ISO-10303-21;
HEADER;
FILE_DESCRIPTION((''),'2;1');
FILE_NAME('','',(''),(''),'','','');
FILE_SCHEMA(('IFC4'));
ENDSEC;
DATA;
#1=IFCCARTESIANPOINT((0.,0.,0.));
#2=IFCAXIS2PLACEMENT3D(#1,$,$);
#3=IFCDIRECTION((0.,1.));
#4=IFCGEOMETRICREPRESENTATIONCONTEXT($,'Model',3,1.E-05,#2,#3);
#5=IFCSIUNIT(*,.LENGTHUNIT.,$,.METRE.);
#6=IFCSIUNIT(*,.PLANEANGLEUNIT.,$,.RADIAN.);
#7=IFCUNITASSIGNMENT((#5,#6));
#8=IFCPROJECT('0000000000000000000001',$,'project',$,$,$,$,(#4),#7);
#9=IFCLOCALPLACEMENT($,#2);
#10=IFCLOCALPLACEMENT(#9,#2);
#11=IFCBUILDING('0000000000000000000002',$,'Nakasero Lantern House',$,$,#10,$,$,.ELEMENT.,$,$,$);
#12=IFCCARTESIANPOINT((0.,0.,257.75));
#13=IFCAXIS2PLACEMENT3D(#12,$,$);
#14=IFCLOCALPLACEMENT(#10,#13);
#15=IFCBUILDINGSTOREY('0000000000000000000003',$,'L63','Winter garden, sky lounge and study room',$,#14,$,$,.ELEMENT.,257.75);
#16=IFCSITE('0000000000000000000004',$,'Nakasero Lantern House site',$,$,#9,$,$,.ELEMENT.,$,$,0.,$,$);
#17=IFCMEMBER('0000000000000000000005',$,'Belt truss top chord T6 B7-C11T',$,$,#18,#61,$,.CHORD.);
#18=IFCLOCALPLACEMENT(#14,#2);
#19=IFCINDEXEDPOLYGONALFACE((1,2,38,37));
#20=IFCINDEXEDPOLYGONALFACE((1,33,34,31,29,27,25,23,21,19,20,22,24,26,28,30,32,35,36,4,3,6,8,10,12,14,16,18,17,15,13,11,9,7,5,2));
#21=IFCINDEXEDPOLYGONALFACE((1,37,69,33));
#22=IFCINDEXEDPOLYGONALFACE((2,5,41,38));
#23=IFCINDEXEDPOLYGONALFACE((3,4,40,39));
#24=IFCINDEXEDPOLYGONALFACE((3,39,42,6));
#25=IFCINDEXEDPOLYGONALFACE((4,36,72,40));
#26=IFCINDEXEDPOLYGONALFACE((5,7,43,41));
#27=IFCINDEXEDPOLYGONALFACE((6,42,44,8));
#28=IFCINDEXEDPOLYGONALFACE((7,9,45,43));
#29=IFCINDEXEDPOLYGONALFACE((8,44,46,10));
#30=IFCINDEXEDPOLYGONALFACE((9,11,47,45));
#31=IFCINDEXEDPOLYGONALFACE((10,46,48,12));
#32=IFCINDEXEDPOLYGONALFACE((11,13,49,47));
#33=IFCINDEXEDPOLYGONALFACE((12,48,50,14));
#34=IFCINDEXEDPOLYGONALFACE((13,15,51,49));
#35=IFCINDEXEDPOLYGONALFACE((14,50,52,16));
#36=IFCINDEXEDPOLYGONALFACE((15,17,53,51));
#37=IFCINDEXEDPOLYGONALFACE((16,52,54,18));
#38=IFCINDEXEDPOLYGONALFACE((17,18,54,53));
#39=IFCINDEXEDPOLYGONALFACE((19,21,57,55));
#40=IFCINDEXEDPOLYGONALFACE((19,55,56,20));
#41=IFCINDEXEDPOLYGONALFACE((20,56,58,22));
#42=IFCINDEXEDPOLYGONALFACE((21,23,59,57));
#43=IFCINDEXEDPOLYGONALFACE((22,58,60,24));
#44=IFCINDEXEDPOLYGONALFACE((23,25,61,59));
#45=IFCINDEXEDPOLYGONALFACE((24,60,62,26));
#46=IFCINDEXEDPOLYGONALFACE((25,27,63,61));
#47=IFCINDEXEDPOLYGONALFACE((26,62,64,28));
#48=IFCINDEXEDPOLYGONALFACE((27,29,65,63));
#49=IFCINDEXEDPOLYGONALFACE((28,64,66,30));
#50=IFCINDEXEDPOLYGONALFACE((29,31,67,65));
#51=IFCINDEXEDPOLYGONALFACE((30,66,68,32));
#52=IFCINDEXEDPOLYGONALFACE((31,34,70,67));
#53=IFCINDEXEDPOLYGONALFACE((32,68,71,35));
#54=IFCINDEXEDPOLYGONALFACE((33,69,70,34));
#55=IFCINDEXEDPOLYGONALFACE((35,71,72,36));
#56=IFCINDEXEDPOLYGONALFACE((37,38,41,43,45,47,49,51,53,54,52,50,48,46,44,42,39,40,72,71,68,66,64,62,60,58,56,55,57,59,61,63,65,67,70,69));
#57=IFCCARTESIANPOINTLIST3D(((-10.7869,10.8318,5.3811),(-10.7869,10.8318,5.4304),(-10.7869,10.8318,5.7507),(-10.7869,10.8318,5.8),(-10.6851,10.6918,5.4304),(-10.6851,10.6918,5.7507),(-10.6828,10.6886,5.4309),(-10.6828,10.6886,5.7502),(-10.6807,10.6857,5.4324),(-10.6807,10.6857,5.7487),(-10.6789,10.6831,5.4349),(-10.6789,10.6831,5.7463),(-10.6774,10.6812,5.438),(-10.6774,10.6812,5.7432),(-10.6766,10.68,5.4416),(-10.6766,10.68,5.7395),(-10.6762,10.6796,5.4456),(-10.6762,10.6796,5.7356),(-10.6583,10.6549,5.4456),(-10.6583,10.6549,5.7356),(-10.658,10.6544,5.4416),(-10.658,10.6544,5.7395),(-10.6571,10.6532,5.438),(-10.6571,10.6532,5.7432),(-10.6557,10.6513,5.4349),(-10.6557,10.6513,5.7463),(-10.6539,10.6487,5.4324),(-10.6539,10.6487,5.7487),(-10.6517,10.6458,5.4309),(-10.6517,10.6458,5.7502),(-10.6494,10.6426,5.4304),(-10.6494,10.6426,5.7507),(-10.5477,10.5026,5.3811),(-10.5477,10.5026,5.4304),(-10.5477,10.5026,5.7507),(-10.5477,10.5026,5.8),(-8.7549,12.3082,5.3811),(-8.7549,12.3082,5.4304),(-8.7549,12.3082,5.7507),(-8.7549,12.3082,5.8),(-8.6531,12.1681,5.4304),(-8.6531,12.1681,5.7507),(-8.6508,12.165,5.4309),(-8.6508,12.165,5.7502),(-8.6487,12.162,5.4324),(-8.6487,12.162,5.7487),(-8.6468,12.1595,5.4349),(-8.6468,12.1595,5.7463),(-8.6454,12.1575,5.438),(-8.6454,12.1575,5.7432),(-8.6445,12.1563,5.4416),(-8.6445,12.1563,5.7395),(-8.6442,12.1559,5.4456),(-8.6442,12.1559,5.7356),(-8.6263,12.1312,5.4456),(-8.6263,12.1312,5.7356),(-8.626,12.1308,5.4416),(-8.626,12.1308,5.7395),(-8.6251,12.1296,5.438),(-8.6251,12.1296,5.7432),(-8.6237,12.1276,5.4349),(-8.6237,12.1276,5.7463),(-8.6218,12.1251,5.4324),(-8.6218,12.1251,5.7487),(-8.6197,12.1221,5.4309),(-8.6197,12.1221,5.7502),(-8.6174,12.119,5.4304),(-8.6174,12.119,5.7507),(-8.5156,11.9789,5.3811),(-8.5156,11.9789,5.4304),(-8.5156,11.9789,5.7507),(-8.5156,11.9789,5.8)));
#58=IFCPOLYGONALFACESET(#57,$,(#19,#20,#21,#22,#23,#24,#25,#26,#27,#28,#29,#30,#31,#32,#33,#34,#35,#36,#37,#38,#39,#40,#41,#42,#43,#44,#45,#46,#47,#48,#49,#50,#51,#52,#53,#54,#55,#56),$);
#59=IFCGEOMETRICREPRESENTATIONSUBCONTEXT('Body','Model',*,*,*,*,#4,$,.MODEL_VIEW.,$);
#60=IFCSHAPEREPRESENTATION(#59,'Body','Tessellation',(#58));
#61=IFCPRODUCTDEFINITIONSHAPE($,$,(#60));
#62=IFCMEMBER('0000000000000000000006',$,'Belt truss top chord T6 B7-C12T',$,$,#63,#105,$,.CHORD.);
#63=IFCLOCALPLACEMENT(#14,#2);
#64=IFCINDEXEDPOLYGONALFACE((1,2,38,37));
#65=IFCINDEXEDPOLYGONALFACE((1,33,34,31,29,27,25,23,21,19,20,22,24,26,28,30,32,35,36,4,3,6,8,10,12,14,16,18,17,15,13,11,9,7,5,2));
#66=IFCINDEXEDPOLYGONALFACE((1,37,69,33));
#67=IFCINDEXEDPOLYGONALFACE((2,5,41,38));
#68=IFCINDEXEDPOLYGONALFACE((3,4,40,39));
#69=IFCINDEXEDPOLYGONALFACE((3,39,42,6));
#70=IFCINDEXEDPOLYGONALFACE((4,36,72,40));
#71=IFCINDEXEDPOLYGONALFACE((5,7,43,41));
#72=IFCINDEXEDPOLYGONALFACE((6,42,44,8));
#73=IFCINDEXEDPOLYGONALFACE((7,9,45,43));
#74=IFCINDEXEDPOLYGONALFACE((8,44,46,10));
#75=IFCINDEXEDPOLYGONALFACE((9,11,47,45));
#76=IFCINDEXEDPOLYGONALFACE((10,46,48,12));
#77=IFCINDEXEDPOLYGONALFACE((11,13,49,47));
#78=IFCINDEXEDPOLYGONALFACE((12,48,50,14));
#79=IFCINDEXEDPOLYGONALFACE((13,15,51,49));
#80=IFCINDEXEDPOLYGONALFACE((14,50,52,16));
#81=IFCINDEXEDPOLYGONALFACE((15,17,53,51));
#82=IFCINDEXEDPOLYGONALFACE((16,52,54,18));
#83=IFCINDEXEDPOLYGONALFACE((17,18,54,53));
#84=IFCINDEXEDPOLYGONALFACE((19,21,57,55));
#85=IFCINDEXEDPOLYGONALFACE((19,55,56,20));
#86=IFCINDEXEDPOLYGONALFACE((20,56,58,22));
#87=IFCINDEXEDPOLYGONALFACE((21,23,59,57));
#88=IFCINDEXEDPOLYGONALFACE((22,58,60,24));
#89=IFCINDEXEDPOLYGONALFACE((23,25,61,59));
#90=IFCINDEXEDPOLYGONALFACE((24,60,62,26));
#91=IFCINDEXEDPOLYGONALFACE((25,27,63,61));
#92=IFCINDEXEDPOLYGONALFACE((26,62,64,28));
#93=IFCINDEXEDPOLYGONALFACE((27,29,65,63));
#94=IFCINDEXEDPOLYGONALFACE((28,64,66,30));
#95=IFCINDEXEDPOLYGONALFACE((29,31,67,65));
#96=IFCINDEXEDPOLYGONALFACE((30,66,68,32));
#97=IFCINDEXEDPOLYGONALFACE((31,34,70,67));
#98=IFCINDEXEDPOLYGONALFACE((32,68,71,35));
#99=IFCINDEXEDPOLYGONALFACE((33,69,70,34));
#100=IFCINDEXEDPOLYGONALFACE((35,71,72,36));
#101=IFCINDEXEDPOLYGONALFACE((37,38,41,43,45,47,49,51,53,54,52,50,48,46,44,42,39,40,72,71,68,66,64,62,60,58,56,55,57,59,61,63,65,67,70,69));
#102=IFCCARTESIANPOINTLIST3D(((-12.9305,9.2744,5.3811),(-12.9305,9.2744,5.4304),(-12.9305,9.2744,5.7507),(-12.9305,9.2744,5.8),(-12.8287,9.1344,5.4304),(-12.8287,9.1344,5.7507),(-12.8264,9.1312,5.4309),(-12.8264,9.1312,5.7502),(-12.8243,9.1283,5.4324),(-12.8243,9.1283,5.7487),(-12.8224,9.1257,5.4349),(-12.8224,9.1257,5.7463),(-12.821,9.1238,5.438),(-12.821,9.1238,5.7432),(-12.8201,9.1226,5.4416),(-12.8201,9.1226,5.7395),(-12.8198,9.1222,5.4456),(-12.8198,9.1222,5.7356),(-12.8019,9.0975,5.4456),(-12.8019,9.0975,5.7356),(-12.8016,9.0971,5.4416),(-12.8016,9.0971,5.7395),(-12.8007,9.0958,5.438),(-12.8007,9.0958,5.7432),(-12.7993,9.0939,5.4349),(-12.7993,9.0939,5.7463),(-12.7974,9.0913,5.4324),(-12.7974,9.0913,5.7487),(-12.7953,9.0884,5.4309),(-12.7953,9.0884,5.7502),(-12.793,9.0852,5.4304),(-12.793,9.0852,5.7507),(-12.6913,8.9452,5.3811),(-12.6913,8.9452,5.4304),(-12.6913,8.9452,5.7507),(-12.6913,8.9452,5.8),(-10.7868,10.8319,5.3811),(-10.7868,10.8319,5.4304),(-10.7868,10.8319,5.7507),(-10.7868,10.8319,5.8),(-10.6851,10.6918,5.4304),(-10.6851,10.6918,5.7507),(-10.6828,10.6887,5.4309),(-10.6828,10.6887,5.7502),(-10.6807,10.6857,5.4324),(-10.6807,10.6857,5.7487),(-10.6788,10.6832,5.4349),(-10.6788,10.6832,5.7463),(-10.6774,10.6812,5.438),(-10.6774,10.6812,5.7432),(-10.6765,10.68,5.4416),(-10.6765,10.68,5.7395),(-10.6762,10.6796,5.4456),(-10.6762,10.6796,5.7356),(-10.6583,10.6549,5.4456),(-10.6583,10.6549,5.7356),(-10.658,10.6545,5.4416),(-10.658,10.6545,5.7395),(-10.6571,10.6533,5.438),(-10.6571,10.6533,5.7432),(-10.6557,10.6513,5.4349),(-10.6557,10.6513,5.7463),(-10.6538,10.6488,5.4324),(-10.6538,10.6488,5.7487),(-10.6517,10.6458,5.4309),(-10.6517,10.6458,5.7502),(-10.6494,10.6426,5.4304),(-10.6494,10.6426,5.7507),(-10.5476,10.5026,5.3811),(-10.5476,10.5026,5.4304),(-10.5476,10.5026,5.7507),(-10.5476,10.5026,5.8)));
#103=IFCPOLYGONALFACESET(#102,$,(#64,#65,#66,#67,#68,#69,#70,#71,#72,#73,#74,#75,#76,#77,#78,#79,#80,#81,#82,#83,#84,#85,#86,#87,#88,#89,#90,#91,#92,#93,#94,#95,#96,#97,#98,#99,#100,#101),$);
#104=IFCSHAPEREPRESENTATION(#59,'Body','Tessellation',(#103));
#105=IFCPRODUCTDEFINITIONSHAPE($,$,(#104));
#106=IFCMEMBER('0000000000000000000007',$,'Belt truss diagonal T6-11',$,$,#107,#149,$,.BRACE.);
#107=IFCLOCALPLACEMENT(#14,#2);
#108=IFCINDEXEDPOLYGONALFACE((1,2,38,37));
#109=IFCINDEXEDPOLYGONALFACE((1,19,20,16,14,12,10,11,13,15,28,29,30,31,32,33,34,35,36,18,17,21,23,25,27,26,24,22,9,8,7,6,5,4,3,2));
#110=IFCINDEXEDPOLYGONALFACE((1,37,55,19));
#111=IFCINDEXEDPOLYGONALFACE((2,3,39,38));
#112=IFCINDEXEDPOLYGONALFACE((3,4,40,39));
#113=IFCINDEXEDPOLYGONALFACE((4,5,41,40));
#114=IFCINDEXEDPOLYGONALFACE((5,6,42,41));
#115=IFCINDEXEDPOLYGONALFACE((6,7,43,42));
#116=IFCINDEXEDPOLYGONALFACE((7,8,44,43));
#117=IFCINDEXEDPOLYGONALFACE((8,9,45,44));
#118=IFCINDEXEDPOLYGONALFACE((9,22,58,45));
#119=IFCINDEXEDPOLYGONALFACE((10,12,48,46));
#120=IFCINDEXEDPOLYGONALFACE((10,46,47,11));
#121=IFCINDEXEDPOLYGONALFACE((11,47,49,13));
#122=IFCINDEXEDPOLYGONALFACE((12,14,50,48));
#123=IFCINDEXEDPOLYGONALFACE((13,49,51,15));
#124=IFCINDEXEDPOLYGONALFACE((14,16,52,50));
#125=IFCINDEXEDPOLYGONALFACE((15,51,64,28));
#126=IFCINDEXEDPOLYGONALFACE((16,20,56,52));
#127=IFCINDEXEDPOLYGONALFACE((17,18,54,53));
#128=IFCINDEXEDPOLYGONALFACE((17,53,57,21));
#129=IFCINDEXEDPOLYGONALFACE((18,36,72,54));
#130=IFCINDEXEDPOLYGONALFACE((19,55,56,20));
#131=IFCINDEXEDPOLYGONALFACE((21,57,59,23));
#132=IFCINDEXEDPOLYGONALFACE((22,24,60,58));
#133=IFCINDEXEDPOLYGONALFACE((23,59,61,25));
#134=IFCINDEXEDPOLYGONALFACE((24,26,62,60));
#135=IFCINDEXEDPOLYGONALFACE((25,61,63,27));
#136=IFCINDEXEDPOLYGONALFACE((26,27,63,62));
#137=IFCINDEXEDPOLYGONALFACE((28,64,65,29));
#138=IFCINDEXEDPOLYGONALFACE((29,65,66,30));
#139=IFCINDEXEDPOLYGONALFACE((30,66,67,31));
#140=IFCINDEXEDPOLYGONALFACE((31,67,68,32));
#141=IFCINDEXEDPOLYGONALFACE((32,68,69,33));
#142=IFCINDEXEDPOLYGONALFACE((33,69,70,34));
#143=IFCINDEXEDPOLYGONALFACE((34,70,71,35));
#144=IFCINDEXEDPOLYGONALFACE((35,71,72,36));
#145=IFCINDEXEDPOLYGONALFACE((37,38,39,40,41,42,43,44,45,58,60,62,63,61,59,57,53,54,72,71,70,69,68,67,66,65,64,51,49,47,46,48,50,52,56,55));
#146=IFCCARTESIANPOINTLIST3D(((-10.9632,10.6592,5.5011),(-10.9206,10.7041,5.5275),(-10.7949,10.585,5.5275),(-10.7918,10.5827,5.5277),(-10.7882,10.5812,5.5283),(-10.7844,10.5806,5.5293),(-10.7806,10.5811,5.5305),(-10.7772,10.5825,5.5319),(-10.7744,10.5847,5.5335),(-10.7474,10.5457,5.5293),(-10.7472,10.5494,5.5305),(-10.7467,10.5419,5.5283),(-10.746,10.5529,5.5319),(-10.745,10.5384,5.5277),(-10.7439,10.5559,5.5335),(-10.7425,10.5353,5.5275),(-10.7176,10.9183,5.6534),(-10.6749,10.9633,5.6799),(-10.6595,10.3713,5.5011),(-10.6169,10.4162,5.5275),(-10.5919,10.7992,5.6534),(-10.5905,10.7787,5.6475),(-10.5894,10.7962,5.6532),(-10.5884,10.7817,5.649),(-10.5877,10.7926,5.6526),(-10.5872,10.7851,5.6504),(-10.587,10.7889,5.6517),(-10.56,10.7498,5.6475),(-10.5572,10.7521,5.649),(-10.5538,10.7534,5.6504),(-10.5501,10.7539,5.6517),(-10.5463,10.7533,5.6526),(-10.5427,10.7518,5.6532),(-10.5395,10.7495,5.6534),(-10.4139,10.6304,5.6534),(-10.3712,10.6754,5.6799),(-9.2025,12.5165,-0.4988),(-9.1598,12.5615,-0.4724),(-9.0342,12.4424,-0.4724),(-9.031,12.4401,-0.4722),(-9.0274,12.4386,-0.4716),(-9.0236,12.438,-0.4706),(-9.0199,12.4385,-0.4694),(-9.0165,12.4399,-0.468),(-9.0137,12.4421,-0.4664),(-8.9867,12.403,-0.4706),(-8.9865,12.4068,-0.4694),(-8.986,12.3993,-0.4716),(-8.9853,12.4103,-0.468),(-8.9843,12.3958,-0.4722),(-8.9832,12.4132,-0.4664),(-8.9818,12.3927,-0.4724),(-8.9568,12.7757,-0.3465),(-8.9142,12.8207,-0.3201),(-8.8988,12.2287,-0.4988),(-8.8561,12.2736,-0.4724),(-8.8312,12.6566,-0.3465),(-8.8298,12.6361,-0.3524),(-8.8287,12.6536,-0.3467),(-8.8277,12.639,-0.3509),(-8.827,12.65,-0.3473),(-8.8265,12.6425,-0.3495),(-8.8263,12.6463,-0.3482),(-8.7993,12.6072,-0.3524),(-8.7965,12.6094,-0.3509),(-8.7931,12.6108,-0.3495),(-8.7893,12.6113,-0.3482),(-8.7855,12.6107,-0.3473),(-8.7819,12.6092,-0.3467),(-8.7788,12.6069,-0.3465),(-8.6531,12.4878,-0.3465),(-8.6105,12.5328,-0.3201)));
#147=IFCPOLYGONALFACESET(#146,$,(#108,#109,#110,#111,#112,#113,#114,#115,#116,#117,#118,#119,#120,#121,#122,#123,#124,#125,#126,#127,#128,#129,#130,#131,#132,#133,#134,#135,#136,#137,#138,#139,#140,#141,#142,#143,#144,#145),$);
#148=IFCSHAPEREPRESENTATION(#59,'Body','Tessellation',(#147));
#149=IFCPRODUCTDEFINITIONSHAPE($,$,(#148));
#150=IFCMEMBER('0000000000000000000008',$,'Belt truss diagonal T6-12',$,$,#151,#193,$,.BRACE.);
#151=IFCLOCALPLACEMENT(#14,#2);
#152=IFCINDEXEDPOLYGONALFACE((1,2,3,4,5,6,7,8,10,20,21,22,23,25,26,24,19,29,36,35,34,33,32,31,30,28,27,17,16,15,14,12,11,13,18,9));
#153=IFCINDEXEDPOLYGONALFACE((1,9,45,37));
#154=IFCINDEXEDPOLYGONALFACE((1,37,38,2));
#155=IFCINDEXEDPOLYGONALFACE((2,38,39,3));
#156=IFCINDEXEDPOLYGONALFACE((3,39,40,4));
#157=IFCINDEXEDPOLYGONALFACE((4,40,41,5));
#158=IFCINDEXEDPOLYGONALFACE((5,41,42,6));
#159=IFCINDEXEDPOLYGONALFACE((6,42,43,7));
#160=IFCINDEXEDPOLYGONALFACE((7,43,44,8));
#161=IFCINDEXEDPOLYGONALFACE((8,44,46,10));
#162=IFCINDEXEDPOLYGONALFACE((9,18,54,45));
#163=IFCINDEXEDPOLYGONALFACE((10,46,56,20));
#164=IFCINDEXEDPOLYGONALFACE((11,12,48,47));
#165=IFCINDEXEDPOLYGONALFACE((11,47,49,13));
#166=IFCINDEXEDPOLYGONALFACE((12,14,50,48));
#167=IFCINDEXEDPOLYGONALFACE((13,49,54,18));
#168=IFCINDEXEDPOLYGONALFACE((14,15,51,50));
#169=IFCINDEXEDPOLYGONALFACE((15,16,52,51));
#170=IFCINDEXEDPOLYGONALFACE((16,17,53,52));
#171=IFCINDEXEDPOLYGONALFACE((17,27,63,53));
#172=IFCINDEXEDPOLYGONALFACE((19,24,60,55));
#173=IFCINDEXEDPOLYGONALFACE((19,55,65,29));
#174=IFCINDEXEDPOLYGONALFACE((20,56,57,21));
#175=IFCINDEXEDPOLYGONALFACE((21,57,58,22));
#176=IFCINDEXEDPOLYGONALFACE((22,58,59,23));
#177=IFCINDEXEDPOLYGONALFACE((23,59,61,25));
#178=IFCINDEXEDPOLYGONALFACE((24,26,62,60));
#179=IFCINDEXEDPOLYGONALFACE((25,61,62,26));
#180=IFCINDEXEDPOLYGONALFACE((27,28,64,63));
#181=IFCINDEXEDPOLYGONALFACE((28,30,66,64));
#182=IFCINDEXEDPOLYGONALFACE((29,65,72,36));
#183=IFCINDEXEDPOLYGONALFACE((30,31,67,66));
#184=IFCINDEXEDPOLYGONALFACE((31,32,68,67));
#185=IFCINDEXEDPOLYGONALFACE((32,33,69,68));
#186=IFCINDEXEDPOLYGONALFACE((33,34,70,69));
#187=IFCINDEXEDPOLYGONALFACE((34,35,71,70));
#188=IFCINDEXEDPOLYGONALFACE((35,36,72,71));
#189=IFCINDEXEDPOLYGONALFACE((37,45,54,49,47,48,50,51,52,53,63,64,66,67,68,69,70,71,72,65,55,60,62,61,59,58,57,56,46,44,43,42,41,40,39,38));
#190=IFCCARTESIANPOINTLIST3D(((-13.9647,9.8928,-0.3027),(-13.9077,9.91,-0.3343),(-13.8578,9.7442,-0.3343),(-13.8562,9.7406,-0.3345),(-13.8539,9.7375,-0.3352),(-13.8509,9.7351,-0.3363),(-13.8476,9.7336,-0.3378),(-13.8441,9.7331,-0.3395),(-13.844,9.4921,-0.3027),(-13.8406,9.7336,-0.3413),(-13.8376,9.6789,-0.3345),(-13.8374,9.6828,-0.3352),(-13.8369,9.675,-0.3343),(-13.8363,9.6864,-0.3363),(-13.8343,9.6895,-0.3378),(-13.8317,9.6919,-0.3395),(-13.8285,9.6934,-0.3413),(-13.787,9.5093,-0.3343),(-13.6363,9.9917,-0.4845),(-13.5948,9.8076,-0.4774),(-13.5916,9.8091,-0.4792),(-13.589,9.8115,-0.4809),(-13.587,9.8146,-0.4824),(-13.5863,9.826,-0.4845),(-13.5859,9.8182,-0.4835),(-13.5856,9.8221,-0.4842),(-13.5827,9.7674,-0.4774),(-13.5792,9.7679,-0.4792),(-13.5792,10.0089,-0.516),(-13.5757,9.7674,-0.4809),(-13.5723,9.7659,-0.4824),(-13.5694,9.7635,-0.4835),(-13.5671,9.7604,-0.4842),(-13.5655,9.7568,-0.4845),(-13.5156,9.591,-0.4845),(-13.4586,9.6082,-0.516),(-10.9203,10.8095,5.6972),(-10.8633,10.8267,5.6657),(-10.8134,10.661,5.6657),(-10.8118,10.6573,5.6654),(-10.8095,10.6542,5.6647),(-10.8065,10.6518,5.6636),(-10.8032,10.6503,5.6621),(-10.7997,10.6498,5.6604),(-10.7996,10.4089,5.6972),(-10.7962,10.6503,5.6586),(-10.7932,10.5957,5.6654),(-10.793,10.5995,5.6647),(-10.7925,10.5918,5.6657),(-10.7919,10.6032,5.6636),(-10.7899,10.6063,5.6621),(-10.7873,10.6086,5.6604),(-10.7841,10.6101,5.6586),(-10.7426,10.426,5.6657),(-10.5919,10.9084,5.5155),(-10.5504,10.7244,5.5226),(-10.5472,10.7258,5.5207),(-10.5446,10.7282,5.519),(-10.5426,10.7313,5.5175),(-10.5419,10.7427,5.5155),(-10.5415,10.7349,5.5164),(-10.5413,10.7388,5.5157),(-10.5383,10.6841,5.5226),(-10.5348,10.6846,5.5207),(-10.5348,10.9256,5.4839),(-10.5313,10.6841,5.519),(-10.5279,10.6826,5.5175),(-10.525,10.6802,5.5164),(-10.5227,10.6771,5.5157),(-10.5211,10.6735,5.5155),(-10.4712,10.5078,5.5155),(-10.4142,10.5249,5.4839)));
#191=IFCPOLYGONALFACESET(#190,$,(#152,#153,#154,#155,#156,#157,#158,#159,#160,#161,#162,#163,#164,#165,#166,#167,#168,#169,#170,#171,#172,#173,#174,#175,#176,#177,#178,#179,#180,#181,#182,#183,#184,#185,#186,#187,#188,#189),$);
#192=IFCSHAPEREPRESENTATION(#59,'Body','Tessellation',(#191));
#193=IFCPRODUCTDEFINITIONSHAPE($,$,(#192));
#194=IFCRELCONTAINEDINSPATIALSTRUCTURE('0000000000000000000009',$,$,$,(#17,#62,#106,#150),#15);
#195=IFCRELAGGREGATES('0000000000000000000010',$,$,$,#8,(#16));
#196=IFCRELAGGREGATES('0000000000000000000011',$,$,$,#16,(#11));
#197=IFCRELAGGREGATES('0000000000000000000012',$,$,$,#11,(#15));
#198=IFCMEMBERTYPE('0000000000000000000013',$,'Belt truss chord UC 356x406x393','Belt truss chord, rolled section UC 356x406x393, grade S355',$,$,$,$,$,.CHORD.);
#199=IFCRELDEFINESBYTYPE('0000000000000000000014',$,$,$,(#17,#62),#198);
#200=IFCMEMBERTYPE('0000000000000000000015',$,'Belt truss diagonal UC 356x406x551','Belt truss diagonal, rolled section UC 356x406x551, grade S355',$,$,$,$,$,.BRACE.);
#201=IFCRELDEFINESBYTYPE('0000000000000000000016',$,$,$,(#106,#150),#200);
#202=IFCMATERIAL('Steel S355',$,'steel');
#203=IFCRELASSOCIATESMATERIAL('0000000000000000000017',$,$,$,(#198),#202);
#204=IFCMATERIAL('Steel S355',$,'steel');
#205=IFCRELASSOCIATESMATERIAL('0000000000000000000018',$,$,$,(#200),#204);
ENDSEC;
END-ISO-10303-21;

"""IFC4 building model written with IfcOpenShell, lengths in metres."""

from ifc_helpers import new_model, si_unit, direction, frame, origin, origin_2d, place, context, subcontext, project, spatial, i_section, extrude, material, material_profile, profile_set, type_object, element, save


model = new_model("IFC4")

# Units and contexts
model_context = context("Model", 3, precision=1e-05, world=origin(), true_north=direction((0.0, 1.0)))
body_context = subcontext(model_context, "Body", "Model", "MODEL_VIEW")
ifc_project = project(units=[si_unit("LENGTHUNIT", "METRE"), si_unit("PLANEANGLEUNIT", "RADIAN")], contexts=[model_context])

# Site, building, storey
site_placement = place(None, origin())
site = spatial("IfcSite", under=ifc_project, at=site_placement, Name="Nakasero Lantern House site", CompositionType="ELEMENT", RefElevation=0.0)
building_placement = place(site_placement, origin())
building = spatial("IfcBuilding", under=site, at=building_placement, Name="Nakasero Lantern House", CompositionType="ELEMENT")
storey_placement = place(building_placement, frame((0.0, 0.0, 257.75)))
storey = spatial("IfcBuildingStorey", under=building, at=storey_placement, Name="L63", Description="Winter garden, sky lounge and study room", CompositionType="ELEMENT", Elevation=257.75)

# Members
ifc_material_1 = material(Name="Steel S355", Category="steel")
ifc_material_profile_1 = material_profile(ifc_material_1, i_section(OverallWidth=0.407, OverallDepth=0.4189, WebThickness=0.0305, FlangeThickness=0.0493, FilletRadius=0.0151, at=origin_2d()), Name="UC 356x406x393")
ifc_profile_set_1 = profile_set([ifc_material_profile_1], Name="Steel S355")
member_type_1 = type_object("IfcMemberType", Name="Belt truss chord UC 356x406x393", Description="Belt truss chord, rolled section UC 356x406x393, grade S355", PredefinedType="CHORD", material=ifc_profile_set_1)
member_1_placement = place(storey_placement, frame((-8.6353, 12.1436, 5.5906), z_axis=(-0.809018, -0.587784, 0.0), x_axis=(0.587784, -0.809018, 0.0)))
element("IfcMember", 1, at=member_1_placement, inside=storey, type_object=member_type_1, Name="Belt truss top chord T6 B7-C11T", PredefinedType="CHORD", context=body_context, shape_type="SweptSolid", body=[
    extrude(i_section(OverallWidth=0.407, OverallDepth=0.4189, WebThickness=0.0305, FlangeThickness=0.0493, FilletRadius=0.0151, at=origin_2d()), origin(), (0.0, 0.0, 1.0), 2.5117),
])
member_2_placement = place(storey_placement, frame((-10.6672, 10.6672, 5.5906), z_axis=(-0.809019, -0.587783, 0.0), x_axis=(0.587783, -0.809019, 0.0)))
element("IfcMember", 2, at=member_2_placement, inside=storey, type_object=member_type_1, Name="Belt truss top chord T6 B7-C12T", PredefinedType="CHORD", context=body_context, shape_type="SweptSolid", body=[
    extrude(i_section(OverallWidth=0.407, OverallDepth=0.4189, WebThickness=0.0305, FlangeThickness=0.0493, FilletRadius=0.0151, at=origin_2d()), origin(), (0.0, 0.0, 1.0), 2.6497),
])
ifc_material_2 = material(Name="Steel S355", Category="steel")
ifc_material_profile_2 = material_profile(ifc_material_2, i_section(OverallWidth=0.4185, OverallDepth=0.4556, WebThickness=0.042, FlangeThickness=0.0674, FilletRadius=0.0151, at=origin_2d()), Name="UC 356x406x551")
ifc_profile_set_2 = profile_set([ifc_material_profile_2], Name="Steel S355")
member_type_2 = type_object("IfcMemberType", Name="Belt truss diagonal UC 356x406x551", Description="Belt truss diagonal, rolled section UC 356x406x551, grade S355", PredefinedType="BRACE", material=ifc_profile_set_2)
member_3_placement = place(storey_placement, frame((-8.9065, 12.5247, -0.4094), z_axis=(-0.269926, -0.284747, 0.919815), x_axis=(0.725742, -0.687967, 0.0)))
element("IfcMember", 3, at=member_3_placement, inside=storey, type_object=member_type_2, Name="Belt truss diagonal T6-11", PredefinedType="BRACE", context=body_context, shape_type="SweptSolid", body=[
    extrude(i_section(OverallWidth=0.4185, OverallDepth=0.4556, WebThickness=0.042, FlangeThickness=0.0674, FilletRadius=0.0151, at=origin_2d()), origin(), (0.0, 0.0, 1.0), 6.5229),
])
member_4_placement = place(storey_placement, frame((-10.6672, 10.6672, 5.5906), z_axis=(-0.448346, -0.135007, -0.883605), x_axis=(0.288334, -0.95753, 0.0)))
element("IfcMember", 4, at=member_4_placement, inside=storey, type_object=member_type_2, Name="Belt truss diagonal T6-12", PredefinedType="BRACE", context=body_context, shape_type="SweptSolid", body=[
    extrude(i_section(OverallWidth=0.4185, OverallDepth=0.4556, WebThickness=0.042, FlangeThickness=0.0674, FilletRadius=0.0151, at=origin_2d()), origin(), (0.0, 0.0, 1.0), 6.7903),
])

save(model, "model.ifc")
